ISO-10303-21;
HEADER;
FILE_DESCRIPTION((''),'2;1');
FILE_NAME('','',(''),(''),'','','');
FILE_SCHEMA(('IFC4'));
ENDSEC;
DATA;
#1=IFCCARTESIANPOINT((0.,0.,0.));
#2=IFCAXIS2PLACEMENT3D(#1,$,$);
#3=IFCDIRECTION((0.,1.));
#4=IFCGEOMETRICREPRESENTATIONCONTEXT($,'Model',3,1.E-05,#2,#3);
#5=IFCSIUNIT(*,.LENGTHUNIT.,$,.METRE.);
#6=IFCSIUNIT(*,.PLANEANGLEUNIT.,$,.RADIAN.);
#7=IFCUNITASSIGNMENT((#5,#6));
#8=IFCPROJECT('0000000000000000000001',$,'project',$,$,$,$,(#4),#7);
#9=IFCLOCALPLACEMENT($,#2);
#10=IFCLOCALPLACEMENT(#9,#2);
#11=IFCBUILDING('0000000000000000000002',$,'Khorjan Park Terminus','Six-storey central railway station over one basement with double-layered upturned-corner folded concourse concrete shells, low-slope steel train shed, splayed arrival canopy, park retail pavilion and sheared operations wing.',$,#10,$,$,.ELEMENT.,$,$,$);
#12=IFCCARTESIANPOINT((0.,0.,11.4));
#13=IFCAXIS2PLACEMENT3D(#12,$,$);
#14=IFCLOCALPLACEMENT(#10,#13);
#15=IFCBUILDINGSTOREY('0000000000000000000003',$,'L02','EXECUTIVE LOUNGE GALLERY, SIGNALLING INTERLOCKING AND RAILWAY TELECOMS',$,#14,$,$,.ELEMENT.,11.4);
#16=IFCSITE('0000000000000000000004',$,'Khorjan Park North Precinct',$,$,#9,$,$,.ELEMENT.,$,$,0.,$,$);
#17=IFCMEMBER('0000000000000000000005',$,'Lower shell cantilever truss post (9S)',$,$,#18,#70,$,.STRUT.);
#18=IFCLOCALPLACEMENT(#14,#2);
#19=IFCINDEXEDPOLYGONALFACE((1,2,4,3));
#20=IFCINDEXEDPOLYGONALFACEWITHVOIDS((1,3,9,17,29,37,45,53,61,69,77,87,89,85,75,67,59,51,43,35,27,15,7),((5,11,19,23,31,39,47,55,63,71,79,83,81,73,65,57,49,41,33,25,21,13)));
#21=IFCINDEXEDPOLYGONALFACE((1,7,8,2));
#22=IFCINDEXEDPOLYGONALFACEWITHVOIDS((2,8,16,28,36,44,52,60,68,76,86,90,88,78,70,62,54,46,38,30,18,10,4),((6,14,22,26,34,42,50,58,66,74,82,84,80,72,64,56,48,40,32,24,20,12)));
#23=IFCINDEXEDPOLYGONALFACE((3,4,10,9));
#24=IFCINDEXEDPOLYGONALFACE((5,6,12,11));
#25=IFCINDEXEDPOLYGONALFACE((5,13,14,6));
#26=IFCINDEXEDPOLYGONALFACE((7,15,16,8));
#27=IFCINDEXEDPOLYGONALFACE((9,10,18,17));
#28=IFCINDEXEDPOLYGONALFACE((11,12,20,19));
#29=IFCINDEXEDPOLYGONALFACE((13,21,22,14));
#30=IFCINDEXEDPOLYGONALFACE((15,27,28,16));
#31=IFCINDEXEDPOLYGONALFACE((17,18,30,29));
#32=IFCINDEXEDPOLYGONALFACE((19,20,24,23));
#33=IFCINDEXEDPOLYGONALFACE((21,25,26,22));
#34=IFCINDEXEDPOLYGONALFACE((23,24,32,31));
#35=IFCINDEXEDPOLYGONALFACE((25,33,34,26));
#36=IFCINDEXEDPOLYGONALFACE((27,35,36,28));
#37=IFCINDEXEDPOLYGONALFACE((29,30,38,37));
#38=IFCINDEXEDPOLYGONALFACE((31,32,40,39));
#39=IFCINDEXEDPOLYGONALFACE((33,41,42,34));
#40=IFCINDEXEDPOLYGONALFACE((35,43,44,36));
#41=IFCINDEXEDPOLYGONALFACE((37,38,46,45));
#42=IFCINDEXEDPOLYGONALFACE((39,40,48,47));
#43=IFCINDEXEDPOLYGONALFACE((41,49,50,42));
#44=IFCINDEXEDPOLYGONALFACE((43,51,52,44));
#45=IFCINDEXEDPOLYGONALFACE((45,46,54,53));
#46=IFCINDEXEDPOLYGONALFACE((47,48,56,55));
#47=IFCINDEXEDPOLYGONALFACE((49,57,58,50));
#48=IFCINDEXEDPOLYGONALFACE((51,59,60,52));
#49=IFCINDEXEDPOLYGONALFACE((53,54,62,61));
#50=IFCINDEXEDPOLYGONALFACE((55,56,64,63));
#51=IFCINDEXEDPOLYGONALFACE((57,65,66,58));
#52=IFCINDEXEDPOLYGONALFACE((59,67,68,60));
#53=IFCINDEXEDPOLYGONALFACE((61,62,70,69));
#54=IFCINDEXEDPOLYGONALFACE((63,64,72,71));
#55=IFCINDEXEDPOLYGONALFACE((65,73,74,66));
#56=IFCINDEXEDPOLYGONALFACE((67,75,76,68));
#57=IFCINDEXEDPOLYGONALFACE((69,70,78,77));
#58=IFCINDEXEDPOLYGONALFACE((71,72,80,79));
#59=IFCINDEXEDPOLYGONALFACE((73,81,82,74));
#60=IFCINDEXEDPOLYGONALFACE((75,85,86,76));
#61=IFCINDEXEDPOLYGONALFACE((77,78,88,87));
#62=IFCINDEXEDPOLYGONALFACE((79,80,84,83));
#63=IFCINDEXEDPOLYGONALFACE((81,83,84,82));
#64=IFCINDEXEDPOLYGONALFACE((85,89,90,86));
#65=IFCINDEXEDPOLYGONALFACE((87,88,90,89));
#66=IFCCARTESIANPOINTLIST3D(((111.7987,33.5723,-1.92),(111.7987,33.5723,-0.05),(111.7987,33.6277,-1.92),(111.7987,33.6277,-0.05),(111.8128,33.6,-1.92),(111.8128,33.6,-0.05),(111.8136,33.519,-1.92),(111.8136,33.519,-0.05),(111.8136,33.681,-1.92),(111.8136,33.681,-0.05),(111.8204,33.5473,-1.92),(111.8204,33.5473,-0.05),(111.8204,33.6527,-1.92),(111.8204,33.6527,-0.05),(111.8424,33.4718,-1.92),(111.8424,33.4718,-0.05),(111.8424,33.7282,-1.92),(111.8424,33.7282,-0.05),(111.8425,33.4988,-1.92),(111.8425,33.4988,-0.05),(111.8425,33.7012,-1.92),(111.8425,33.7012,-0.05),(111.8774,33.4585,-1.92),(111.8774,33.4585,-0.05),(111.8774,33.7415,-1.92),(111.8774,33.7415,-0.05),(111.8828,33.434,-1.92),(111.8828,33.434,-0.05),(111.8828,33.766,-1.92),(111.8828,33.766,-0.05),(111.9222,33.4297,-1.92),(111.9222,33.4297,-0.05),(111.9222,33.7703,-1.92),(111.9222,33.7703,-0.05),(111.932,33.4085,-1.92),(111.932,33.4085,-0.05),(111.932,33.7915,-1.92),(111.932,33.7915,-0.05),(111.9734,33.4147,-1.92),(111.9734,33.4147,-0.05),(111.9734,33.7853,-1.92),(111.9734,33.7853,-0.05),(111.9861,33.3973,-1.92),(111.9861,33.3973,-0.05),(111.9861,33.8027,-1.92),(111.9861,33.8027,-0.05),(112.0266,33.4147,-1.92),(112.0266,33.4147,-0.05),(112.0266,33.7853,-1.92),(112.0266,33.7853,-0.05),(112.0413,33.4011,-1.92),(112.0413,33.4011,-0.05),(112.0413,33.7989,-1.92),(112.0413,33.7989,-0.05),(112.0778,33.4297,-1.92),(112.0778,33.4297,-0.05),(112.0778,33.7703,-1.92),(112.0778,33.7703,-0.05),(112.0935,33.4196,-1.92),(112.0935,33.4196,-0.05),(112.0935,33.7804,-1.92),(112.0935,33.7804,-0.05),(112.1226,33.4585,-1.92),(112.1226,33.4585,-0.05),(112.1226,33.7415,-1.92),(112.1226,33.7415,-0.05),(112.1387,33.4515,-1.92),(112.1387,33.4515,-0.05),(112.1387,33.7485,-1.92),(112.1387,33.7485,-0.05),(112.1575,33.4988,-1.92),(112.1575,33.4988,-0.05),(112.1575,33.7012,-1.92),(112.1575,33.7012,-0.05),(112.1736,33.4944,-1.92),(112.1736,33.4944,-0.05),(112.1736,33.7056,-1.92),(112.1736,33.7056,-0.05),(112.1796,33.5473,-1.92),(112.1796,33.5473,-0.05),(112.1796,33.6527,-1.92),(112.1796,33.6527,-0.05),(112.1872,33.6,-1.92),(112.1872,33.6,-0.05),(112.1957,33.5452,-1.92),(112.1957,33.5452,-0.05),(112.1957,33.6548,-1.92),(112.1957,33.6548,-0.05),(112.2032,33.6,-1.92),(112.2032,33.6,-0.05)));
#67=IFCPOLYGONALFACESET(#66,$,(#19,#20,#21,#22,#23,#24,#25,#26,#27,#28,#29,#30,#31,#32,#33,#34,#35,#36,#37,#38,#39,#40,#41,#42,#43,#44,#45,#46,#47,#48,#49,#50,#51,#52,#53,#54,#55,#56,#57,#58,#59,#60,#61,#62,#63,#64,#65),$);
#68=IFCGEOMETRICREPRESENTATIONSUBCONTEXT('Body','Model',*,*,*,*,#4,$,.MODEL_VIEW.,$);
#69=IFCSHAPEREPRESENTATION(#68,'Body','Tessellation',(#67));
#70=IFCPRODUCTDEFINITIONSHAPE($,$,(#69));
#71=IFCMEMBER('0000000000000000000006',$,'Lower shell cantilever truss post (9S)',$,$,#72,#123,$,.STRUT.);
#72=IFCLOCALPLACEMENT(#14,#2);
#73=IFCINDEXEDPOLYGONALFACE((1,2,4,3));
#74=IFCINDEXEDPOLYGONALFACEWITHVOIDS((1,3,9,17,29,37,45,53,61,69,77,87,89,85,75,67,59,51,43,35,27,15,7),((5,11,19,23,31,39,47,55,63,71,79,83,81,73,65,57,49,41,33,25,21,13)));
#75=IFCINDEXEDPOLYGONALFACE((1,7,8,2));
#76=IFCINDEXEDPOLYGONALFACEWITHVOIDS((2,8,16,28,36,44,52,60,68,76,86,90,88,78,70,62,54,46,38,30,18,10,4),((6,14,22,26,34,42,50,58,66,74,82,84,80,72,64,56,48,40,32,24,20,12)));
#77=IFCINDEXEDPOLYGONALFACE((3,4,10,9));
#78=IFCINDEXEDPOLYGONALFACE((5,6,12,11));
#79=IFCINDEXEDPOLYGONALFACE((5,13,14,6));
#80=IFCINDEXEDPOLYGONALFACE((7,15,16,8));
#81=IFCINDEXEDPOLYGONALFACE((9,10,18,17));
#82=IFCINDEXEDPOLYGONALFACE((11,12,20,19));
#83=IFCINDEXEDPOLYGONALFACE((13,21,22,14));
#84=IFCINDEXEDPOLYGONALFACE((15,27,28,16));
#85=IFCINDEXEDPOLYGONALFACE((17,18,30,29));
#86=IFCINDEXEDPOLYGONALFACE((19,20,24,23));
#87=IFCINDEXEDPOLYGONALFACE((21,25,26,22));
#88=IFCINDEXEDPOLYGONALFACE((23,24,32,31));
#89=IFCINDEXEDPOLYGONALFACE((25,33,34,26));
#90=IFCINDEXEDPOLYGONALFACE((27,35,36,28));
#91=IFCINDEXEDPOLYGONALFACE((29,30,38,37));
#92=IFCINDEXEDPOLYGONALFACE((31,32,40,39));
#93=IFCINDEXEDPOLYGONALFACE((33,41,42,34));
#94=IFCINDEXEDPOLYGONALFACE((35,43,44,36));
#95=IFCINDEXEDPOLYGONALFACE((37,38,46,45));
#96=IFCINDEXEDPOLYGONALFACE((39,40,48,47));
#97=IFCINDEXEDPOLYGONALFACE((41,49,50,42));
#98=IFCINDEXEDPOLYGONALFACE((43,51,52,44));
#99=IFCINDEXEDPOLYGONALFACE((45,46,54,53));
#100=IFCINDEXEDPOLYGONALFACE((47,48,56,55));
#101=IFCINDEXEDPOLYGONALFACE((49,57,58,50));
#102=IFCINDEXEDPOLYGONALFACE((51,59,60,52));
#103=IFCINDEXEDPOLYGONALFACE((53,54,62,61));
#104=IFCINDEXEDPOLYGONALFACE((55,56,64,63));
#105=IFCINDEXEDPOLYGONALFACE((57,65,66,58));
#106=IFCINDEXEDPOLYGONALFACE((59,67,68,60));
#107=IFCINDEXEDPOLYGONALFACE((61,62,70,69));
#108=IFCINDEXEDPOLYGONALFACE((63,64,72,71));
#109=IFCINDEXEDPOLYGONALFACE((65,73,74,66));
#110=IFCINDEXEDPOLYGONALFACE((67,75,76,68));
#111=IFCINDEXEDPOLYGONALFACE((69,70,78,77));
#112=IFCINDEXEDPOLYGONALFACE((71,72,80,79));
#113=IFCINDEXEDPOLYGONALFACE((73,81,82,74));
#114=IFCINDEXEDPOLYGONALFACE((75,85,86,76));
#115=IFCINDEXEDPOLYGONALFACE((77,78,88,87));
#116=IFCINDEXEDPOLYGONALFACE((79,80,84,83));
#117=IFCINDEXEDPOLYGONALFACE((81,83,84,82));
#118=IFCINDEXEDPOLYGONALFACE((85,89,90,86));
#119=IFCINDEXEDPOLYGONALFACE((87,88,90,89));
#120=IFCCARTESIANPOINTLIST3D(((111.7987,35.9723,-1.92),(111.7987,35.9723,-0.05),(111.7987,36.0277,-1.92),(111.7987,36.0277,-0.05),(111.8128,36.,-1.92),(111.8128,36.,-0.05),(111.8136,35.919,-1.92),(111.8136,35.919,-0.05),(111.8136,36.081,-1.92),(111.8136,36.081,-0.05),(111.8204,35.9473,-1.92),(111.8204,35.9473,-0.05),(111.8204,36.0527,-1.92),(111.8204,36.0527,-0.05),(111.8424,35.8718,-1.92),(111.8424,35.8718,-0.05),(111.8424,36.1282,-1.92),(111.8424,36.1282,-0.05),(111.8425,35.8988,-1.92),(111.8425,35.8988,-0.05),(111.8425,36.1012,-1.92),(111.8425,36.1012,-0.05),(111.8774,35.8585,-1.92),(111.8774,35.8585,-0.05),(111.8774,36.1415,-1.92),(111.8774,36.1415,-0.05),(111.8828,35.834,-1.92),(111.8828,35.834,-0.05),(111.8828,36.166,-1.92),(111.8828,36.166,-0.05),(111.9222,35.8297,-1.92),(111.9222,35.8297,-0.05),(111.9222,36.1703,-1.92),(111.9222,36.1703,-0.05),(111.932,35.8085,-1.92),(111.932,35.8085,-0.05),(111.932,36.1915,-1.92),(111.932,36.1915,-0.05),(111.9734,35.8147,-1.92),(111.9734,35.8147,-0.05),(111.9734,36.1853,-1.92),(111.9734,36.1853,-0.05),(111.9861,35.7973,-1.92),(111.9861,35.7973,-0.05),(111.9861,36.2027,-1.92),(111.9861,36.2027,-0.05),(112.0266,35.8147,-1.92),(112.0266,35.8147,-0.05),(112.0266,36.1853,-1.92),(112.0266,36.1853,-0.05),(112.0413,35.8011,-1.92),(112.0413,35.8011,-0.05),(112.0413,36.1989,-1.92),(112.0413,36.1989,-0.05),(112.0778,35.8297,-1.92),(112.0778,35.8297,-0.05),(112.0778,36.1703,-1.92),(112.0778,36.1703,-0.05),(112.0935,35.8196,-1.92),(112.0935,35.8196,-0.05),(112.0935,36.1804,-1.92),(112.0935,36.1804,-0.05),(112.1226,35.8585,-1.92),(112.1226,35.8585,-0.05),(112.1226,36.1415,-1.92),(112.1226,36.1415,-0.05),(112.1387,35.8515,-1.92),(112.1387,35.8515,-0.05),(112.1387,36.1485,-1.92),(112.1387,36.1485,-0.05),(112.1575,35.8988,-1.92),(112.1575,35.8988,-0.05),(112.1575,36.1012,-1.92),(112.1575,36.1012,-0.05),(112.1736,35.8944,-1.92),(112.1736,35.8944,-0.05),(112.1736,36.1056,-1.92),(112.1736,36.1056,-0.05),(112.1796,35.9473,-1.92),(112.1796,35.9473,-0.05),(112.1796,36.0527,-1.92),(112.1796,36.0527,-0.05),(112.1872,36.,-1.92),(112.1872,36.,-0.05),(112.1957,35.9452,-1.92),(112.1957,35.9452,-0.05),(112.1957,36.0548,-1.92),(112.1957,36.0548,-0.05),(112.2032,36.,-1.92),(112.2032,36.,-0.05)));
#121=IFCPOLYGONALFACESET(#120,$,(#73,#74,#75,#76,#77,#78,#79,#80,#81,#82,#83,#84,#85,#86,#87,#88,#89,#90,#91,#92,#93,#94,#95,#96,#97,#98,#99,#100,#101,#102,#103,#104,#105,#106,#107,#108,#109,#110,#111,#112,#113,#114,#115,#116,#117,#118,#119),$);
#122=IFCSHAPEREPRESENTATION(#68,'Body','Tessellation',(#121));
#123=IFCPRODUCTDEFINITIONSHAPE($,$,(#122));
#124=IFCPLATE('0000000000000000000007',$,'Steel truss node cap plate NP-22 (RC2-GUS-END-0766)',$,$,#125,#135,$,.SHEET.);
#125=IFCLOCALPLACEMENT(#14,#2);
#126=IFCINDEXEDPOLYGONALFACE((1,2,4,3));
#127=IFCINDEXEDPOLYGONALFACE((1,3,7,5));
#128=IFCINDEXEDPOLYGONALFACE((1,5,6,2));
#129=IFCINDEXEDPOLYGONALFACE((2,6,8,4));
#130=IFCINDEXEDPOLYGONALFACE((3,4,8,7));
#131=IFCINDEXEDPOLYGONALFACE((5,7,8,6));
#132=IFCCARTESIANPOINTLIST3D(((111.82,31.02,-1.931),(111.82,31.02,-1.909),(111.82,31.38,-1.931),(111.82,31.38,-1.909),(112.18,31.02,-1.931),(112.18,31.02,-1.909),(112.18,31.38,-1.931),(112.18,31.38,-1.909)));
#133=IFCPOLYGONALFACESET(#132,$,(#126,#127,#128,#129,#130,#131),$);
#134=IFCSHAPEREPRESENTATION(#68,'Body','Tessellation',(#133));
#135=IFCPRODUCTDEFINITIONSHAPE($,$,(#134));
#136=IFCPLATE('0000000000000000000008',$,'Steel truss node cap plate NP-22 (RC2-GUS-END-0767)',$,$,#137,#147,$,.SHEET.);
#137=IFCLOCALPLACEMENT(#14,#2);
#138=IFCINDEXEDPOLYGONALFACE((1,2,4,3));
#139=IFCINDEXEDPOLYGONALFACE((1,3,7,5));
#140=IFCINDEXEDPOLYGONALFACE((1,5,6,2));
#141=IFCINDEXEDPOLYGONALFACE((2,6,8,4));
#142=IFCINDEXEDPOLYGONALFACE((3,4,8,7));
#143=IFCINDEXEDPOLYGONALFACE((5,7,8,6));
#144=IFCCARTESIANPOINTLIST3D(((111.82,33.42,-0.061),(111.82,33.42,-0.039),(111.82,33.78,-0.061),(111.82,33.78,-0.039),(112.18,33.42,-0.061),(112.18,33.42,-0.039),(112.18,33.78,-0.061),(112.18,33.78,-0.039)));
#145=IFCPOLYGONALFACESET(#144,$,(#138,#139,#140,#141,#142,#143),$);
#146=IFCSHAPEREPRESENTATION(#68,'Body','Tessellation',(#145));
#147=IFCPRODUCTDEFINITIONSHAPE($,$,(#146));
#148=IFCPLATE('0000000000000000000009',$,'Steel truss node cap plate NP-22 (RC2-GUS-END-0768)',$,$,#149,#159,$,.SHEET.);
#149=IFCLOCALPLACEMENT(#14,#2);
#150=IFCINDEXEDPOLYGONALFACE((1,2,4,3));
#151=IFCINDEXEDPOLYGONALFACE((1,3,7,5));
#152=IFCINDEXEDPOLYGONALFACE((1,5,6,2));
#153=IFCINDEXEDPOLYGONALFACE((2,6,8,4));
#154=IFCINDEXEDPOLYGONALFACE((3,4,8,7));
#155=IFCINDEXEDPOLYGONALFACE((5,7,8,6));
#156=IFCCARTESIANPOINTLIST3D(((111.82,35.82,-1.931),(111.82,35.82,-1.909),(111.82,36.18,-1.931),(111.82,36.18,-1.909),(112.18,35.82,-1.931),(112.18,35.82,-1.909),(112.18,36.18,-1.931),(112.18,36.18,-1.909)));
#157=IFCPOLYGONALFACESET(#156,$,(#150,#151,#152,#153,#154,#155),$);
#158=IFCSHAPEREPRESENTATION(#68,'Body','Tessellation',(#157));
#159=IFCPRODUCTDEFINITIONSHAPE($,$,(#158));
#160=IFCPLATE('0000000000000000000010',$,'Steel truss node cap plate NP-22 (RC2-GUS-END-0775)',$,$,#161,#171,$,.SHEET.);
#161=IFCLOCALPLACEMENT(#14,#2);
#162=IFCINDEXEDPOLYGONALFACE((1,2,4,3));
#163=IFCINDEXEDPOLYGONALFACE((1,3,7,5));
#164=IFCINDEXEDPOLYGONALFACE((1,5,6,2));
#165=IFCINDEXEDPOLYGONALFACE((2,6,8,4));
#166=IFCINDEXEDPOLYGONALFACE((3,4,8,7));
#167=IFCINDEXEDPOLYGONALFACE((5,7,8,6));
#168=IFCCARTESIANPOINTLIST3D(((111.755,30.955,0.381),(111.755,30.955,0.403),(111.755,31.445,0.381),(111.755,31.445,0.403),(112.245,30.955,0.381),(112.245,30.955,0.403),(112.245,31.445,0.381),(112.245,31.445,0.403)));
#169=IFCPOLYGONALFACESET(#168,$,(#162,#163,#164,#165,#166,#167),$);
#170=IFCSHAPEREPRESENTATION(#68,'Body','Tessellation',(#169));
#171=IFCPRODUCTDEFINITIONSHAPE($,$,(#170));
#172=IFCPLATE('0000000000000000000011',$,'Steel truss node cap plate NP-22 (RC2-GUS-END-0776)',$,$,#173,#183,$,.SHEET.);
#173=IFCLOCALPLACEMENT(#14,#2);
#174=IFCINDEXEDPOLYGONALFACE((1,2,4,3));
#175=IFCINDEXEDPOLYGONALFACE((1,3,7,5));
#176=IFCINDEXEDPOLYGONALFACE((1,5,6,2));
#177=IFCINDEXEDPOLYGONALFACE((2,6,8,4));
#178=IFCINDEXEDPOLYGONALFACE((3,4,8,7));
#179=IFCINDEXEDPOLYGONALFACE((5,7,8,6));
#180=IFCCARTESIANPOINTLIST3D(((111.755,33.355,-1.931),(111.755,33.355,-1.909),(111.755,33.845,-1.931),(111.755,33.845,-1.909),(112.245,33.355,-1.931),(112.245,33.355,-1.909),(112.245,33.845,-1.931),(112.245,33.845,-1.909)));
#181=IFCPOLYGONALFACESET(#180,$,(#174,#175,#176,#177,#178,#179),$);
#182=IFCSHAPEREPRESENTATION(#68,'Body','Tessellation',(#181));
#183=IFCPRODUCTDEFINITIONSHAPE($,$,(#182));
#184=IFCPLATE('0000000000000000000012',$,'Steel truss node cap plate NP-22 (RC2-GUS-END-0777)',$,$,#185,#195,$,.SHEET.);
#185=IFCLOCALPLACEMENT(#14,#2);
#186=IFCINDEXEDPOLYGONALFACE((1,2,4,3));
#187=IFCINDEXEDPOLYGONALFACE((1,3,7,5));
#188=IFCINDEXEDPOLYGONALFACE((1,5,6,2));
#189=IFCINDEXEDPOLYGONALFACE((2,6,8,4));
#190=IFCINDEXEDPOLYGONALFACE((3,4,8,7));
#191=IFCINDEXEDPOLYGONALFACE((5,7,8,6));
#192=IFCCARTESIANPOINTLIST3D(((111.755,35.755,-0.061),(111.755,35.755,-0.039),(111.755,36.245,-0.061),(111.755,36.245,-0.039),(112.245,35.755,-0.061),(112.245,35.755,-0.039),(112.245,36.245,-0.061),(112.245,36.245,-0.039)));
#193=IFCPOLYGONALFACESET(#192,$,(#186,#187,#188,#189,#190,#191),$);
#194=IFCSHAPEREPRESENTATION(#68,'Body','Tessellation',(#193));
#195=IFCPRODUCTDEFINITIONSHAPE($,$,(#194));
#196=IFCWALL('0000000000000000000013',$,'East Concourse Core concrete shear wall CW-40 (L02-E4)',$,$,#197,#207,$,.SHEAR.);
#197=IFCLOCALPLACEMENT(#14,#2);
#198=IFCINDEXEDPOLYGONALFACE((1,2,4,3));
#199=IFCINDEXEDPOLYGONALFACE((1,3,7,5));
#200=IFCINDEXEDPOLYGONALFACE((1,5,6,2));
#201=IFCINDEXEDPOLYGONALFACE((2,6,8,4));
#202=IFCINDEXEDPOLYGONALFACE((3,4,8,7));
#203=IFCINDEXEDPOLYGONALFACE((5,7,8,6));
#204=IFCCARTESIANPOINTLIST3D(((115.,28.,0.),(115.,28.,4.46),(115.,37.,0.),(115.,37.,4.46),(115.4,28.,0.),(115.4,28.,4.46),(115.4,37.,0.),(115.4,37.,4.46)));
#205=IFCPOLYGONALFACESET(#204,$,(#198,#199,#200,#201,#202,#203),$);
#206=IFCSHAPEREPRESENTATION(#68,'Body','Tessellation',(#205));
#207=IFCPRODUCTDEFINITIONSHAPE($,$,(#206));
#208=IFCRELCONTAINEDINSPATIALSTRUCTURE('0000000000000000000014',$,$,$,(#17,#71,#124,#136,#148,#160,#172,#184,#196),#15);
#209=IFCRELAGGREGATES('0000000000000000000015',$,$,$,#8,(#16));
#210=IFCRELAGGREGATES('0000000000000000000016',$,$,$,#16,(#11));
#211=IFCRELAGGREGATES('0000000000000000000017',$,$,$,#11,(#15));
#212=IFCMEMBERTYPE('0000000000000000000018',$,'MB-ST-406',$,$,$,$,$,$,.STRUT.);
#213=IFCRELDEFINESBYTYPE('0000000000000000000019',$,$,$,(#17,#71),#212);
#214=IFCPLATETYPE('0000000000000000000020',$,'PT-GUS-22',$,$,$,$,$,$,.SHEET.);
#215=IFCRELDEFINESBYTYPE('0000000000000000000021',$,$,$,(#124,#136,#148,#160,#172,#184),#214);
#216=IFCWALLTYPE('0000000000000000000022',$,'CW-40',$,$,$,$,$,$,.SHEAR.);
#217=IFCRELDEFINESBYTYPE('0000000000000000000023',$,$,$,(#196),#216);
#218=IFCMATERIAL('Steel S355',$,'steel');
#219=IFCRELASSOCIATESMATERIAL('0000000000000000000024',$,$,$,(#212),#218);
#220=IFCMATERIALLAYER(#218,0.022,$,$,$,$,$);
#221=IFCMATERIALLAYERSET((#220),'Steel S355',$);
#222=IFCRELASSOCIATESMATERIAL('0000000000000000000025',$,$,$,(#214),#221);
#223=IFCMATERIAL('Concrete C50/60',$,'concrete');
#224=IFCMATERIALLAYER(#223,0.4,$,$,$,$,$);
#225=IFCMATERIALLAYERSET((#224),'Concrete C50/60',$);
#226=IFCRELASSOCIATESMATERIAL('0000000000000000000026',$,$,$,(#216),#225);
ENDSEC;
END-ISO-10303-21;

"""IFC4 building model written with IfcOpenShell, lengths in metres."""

from ifc_helpers import new_model, si_unit, direction, frame, frame_2d, origin, origin_2d, place, context, subcontext, project, spatial, rectangle, hollow_circle, extrude, material, layer, layer_set, material_profile, profile_set, type_object, element, save


model = new_model("IFC4")

# Units and contexts
model_context = context("Model", 3, precision=1e-05, world=origin(), true_north=direction((0.0, 1.0)))
body_context = subcontext(model_context, "Body", "Model", "MODEL_VIEW")
ifc_project = project(units=[si_unit("LENGTHUNIT", "METRE"), si_unit("PLANEANGLEUNIT", "RADIAN")], contexts=[model_context])

# Site, building, storey
site_placement = place(None, origin())
site = spatial("IfcSite", under=ifc_project, at=site_placement, Name="Khorjan Park North Precinct", CompositionType="ELEMENT", RefElevation=0.0)
building_placement = place(site_placement, origin())
building = spatial("IfcBuilding", under=site, at=building_placement, Name="Khorjan Park Terminus", Description="Six-storey central railway station over one basement with double-layered upturned-corner folded concourse concrete shells, low-slope steel train shed, splayed arrival canopy, park retail pavilion and sheared operations wing.", CompositionType="ELEMENT")
storey_placement = place(building_placement, frame((0.0, 0.0, 11.4)))
storey = spatial("IfcBuildingStorey", under=building, at=storey_placement, Name="L02", Description="EXECUTIVE LOUNGE GALLERY, SIGNALLING INTERLOCKING AND RAILWAY TELECOMS", CompositionType="ELEMENT", Elevation=11.4)

# Shared definitions
ifc_material_1 = material(Name="Steel S355", Category="steel")

# Members
ifc_material_profile_1 = material_profile(ifc_material_1, hollow_circle(Radius=0.2032, WallThickness=0.016, at=origin_2d()), Name="CHS 406.4x16")
ifc_profile_set_1 = profile_set([ifc_material_profile_1], Name="Steel S355")
member_type_1 = type_object("IfcMemberType", Name="MB-ST-406", PredefinedType="STRUT", material=ifc_profile_set_1)
for number, where, z_axis, x_axis, name in (
    (1, (112.0, 33.6, -1.92), (0.0, 0.0, 1.0), (1.0, 0.0, 0.0), "Lower shell cantilever truss post (9S)"),
    (2, (112.0, 36.0, -1.92), (0.0, 0.0, 1.0), (1.0, 0.0, 0.0), "Lower shell cantilever truss post (9S)"),
):
    element("IfcMember", number, at=place(storey_placement, frame(where, z_axis=z_axis, x_axis=x_axis)), inside=storey, type_object=member_type_1, Name=name, PredefinedType="STRUT", context=body_context, shape_type="SweptSolid", body=[
        extrude(hollow_circle(Radius=0.2032, WallThickness=0.016, at=origin_2d()), origin(), (0.0, 0.0, 1.0), 1.87),
    ])

# Plates
ifc_layer_1 = layer(ifc_material_1, 0.022)
ifc_layer_set_1 = layer_set([ifc_layer_1], Name="Steel S355")
plate_type = type_object("IfcPlateType", Name="PT-GUS-22", PredefinedType="SHEET", material=ifc_layer_set_1)
for number, where, z_axis, x_axis, name in (
    (3, (112.0, 31.2, -1.931), (0.0, 0.0, 1.0), (1.0, 0.0, 0.0), "Steel truss node cap plate NP-22 (RC2-GUS-END-0766)"),
    (4, (112.0, 33.6, -0.061), (0.0, 0.0, 1.0), (1.0, 0.0, 0.0), "Steel truss node cap plate NP-22 (RC2-GUS-END-0767)"),
    (5, (112.0, 36.0, -1.931), (0.0, 0.0, 1.0), (1.0, 0.0, 0.0), "Steel truss node cap plate NP-22 (RC2-GUS-END-0768)"),
):
    element("IfcPlate", number, at=place(storey_placement, frame(where, z_axis=z_axis, x_axis=x_axis)), inside=storey, type_object=plate_type, Name=name, PredefinedType="SHEET", context=body_context, shape_type="SweptSolid", body=[
        extrude(rectangle(XDim=0.36, YDim=0.36, at=origin_2d()), origin(), (0.0, 0.0, 1.0), 0.022),
    ])
for number, where, z_axis, x_axis, name in (
    (6, (112.0, 31.2, 0.381), (0.0, 0.0, 1.0), (1.0, 0.0, 0.0), "Steel truss node cap plate NP-22 (RC2-GUS-END-0775)"),
    (7, (112.0, 33.6, -1.931), (0.0, 0.0, 1.0), (1.0, 0.0, 0.0), "Steel truss node cap plate NP-22 (RC2-GUS-END-0776)"),
    (8, (112.0, 36.0, -0.061), (0.0, 0.0, 1.0), (1.0, 0.0, 0.0), "Steel truss node cap plate NP-22 (RC2-GUS-END-0777)"),
):
    element("IfcPlate", number, at=place(storey_placement, frame(where, z_axis=z_axis, x_axis=x_axis)), inside=storey, type_object=plate_type, Name=name, PredefinedType="SHEET", context=body_context, shape_type="SweptSolid", body=[
        extrude(rectangle(XDim=0.49, YDim=0.49, at=origin_2d()), origin(), (0.0, 0.0, 1.0), 0.022),
    ])

# Wall
ifc_material_2 = material(Name="Concrete C50/60", Category="concrete")
ifc_layer_2 = layer(ifc_material_2, 0.4)
ifc_layer_set_2 = layer_set([ifc_layer_2], Name="Concrete C50/60")
wall_type_1 = type_object("IfcWallType", Name="CW-40", PredefinedType="SHEAR", material=ifc_layer_set_2)
wall_1_placement = place(storey_placement, frame((115.2, 37.0, 0.0), z_axis=(0.0, 0.0, 1.0), x_axis=(0.0, -1.0, 0.0)))
element("IfcWall", 9, at=wall_1_placement, inside=storey, type_object=wall_type_1, Name="East Concourse Core concrete shear wall CW-40 (L02-E4)", PredefinedType="SHEAR", context=body_context, shape_type="SweptSolid", body=[
    extrude(rectangle(XDim=9.0, YDim=0.4, at=frame_2d((4.5, 0.0))), origin(), (0.0, 0.0, 1.0), 4.46),
])

save(model, "model.ifc")
